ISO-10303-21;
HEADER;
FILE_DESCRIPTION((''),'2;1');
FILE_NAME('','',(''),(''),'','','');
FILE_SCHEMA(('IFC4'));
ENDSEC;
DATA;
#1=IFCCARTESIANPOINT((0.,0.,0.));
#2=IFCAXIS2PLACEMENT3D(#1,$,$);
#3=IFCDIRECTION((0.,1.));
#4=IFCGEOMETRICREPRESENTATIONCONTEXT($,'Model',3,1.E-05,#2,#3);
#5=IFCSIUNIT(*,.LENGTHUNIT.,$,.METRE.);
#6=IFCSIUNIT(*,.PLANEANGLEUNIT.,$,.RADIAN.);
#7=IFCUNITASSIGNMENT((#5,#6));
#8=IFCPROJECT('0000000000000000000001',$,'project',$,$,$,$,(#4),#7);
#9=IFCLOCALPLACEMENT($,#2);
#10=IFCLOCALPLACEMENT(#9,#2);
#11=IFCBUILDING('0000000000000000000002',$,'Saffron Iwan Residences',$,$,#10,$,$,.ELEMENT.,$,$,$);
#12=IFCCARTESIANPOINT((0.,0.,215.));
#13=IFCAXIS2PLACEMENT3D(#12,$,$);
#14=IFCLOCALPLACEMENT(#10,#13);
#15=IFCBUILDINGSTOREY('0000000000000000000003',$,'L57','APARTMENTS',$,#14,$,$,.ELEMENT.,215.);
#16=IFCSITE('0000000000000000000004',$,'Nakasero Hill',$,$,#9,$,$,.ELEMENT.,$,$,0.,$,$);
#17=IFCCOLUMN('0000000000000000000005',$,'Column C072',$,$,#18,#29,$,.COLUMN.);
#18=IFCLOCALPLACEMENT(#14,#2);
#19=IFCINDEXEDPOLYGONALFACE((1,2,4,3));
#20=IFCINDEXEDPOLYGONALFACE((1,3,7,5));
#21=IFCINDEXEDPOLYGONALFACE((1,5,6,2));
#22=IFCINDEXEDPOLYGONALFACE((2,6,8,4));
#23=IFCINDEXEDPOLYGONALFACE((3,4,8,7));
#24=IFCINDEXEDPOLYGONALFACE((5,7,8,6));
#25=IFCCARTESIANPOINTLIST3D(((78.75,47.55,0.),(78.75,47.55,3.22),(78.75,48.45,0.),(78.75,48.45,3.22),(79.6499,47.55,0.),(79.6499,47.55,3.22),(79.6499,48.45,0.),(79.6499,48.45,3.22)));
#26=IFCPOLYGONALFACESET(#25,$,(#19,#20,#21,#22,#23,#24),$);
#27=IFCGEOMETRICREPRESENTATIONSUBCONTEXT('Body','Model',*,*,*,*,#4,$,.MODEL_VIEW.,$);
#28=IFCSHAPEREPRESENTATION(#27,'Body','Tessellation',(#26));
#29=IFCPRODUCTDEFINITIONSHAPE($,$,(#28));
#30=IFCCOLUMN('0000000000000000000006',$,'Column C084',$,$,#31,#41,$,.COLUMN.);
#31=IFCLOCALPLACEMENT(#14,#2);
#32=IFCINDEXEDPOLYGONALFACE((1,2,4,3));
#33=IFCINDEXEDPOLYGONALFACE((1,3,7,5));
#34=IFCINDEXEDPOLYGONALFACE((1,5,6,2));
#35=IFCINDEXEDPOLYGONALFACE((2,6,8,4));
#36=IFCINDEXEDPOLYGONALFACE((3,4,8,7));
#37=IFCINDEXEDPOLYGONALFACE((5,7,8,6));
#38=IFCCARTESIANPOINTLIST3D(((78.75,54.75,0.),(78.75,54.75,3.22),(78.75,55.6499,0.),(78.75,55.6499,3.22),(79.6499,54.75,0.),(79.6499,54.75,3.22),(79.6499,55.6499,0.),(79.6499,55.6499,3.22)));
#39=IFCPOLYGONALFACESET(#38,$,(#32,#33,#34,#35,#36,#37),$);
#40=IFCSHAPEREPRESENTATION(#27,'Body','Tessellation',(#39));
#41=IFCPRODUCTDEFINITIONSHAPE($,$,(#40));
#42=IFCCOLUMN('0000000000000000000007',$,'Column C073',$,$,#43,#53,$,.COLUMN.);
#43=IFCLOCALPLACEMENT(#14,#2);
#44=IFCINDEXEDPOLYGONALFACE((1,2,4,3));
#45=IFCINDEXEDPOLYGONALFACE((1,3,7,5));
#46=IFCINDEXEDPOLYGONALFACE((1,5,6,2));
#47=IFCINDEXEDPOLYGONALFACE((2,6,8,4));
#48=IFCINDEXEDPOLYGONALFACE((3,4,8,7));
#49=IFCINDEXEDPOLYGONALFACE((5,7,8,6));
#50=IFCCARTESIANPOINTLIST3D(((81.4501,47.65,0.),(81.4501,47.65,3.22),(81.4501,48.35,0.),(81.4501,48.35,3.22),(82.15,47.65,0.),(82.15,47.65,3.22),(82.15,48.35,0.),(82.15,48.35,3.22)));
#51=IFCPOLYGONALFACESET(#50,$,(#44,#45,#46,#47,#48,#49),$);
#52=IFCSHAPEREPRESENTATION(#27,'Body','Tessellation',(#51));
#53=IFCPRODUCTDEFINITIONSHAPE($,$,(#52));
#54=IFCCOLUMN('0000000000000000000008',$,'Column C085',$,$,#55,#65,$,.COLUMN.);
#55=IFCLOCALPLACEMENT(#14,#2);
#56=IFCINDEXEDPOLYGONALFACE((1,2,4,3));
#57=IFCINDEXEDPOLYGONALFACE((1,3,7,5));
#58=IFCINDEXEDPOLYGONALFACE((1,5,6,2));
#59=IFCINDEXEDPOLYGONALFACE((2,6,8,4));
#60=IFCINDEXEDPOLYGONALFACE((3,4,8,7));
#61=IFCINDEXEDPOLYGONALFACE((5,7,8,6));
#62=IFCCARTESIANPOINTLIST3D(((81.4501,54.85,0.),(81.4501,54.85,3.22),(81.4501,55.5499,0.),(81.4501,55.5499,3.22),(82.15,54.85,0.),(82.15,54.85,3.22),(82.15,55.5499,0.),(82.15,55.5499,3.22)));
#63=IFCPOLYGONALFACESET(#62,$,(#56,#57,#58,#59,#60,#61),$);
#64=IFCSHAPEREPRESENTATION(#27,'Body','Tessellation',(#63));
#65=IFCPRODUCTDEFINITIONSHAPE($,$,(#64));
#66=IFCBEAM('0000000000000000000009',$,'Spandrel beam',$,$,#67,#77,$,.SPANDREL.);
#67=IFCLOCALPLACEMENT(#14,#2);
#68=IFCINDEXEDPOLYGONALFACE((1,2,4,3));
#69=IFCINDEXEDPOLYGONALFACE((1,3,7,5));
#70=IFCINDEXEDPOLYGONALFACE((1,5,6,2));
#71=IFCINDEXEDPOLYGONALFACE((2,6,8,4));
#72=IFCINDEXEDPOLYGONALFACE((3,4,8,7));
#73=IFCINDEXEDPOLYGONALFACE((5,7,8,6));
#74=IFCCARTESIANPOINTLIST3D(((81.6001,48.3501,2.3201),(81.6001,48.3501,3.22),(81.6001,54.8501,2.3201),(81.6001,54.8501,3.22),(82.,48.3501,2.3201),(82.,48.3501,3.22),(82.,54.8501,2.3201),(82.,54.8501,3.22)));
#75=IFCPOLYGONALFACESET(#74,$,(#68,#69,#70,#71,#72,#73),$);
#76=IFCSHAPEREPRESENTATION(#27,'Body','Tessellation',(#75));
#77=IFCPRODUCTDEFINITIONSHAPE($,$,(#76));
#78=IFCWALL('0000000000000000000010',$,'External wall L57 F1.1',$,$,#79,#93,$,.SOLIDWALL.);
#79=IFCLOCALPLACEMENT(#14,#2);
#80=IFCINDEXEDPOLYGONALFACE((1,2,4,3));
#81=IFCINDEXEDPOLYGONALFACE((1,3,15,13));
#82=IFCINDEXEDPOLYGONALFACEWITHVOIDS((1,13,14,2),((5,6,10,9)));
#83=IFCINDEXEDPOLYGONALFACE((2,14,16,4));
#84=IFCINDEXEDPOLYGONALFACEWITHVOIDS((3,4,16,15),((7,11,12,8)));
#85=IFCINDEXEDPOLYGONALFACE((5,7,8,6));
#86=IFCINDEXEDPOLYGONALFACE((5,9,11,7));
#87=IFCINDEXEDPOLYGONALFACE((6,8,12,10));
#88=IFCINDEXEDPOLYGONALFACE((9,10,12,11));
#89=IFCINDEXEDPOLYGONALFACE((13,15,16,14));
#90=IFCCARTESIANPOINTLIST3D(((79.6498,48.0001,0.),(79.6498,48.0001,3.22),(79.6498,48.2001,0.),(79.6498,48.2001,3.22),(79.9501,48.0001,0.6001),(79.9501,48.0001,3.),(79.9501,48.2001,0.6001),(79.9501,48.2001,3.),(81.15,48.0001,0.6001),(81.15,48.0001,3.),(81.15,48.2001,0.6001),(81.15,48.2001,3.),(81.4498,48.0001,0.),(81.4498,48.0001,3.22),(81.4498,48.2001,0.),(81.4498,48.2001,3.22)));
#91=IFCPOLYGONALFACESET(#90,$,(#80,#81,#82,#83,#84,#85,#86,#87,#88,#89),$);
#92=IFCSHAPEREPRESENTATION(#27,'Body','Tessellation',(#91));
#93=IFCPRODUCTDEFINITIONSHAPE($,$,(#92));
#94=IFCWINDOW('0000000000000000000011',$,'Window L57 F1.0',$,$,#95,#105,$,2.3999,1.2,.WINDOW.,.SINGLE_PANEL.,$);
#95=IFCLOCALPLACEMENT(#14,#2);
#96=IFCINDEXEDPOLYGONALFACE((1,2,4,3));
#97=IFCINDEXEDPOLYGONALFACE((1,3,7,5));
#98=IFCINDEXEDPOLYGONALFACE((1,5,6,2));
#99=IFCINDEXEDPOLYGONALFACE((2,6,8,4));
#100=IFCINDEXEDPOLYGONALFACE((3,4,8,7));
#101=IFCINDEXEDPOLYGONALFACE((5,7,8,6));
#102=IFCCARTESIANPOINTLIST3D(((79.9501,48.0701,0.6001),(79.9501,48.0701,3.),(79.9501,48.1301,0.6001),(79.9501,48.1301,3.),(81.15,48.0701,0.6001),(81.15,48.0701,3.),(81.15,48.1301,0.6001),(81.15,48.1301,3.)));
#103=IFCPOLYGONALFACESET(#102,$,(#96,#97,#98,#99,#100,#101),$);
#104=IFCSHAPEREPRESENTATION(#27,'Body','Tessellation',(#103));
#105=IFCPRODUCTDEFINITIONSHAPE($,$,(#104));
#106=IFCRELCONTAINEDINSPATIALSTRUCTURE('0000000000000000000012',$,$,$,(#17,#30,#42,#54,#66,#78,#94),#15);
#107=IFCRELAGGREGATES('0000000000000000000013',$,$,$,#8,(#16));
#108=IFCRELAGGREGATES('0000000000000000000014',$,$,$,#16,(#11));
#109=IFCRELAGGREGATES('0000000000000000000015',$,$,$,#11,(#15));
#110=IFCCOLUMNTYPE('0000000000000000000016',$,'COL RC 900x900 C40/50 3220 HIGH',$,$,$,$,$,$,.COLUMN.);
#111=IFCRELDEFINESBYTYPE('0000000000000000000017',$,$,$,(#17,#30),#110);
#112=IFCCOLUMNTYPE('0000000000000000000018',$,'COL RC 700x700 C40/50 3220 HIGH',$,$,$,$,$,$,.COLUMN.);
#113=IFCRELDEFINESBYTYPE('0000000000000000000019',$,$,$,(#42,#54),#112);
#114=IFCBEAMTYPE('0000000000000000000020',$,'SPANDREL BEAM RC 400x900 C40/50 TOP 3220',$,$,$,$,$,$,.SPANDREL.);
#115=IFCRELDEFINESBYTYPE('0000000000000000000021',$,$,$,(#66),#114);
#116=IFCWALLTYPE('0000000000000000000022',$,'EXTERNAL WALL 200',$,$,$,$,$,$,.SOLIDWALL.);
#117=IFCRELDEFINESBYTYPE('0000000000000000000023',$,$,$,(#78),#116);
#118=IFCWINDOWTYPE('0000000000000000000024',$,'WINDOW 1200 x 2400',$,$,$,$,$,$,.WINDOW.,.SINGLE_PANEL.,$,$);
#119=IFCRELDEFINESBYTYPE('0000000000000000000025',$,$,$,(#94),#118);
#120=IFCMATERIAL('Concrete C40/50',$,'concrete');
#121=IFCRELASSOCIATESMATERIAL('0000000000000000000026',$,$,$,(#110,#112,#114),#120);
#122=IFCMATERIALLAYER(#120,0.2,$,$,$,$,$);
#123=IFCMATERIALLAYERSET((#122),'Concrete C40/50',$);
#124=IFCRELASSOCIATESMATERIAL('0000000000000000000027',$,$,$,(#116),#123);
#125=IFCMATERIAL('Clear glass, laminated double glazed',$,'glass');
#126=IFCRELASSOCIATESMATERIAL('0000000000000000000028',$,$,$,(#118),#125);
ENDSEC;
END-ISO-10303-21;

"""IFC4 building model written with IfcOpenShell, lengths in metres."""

from ifc_helpers import new_model, si_unit, direction, frame, frame_2d, origin, origin_2d, place, context, subcontext, project, spatial, rectangle, extrude, source, transform, mapped, material, layer, layer_set, material_profile, profile_set, type_object, element, fill, save


model = new_model("IFC4")

# Units and contexts
model_context = context("Model", 3, precision=1e-05, world=origin(), true_north=direction((0.0, 1.0)))
body_context = subcontext(model_context, "Body", "Model", "MODEL_VIEW")
ifc_project = project(units=[si_unit("LENGTHUNIT", "METRE"), si_unit("PLANEANGLEUNIT", "RADIAN")], contexts=[model_context])

# Site, building, storey
site_placement = place(None, origin())
site = spatial("IfcSite", under=ifc_project, at=site_placement, Name="Nakasero Hill", CompositionType="ELEMENT", RefElevation=0.0)
building_placement = place(site_placement, origin())
building = spatial("IfcBuilding", under=site, at=building_placement, Name="Saffron Iwan Residences", CompositionType="ELEMENT")
storey_placement = place(building_placement, frame((0.0, 0.0, 215.0)))
storey = spatial("IfcBuildingStorey", under=building, at=storey_placement, Name="L57", Description="APARTMENTS", CompositionType="ELEMENT", Elevation=215.0)

# Columns
ifc_material_1 = material(Name="Concrete C40/50", Category="concrete")
ifc_material_profile_1 = material_profile(ifc_material_1, rectangle(XDim=0.8999, YDim=0.8999, at=origin_2d()), Name="RC 900x900")
ifc_profile_set_1 = profile_set([ifc_material_profile_1], Name="Concrete C40/50")
column_type_1 = type_object("IfcColumnType", Name="COL RC 900x900 C40/50 3220 HIGH", PredefinedType="COLUMN", material=ifc_profile_set_1)
shared_shape_1 = source(origin(), body_context, "Body", "SweptSolid", [
    extrude(rectangle(XDim=0.8999, YDim=0.8999, at=origin_2d()), origin(), (0.0, 0.0, 1.0), 3.22),
])
for number, where, z_axis, x_axis, name in (
    (1, (79.2, 48.0, 0.0), (0.0, 0.0, 1.0), (1.0, 0.0, 0.0), "Column C072"),
    (2, (79.2, 55.2, 0.0), (0.0, 0.0, 1.0), (1.0, 0.0, 0.0), "Column C084"),
):
    element("IfcColumn", number, at=place(storey_placement, frame(where, z_axis=z_axis, x_axis=x_axis)), inside=storey, type_object=column_type_1, Name=name, PredefinedType="COLUMN", context=body_context, shape_type="MappedRepresentation", body=[
        mapped(shared_shape_1, transform((0.0, 0.0, 0.0))),
    ])
ifc_material_profile_2 = material_profile(ifc_material_1, rectangle(XDim=0.7, YDim=0.7, at=origin_2d()), Name="RC 700x700")
ifc_profile_set_2 = profile_set([ifc_material_profile_2], Name="Concrete C40/50")
column_type_2 = type_object("IfcColumnType", Name="COL RC 700x700 C40/50 3220 HIGH", PredefinedType="COLUMN", material=ifc_profile_set_2)
shared_shape_2 = source(origin(), body_context, "Body", "SweptSolid", [
    extrude(rectangle(XDim=0.7, YDim=0.7, at=origin_2d()), origin(), (0.0, 0.0, 1.0), 3.22),
])
for number, where, z_axis, x_axis, name in (
    (3, (81.8, 48.0, 0.0), (0.0, 0.0, 1.0), (1.0, 0.0, 0.0), "Column C073"),
    (4, (81.8, 55.2, 0.0), (0.0, 0.0, 1.0), (1.0, 0.0, 0.0), "Column C085"),
):
    element("IfcColumn", number, at=place(storey_placement, frame(where, z_axis=z_axis, x_axis=x_axis)), inside=storey, type_object=column_type_2, Name=name, PredefinedType="COLUMN", context=body_context, shape_type="MappedRepresentation", body=[
        mapped(shared_shape_2, transform((0.0, 0.0, 0.0))),
    ])

# Beam
ifc_material_profile_3 = material_profile(ifc_material_1, rectangle(XDim=0.3999, YDim=0.8999, at=origin_2d()), Name="RC 400x900")
ifc_profile_set_3 = profile_set([ifc_material_profile_3], Name="Concrete C40/50")
beam_type = type_object("IfcBeamType", Name="SPANDREL BEAM RC 400x900 C40/50 TOP 3220", PredefinedType="SPANDREL", material=ifc_profile_set_3)
shared_shape_3 = source(origin(), body_context, "Body", "SweptSolid", [
    extrude(rectangle(XDim=0.3999, YDim=0.8999, at=origin_2d()), origin(), (0.0, 0.0, 1.0), 6.5),
])
beam_placement = place(storey_placement, frame((81.8, 54.8501, 2.77), z_axis=(0.0, -1.0, 0.0), x_axis=(1.0, 0.0, 0.0)))
element("IfcBeam", 5, at=beam_placement, inside=storey, type_object=beam_type, Name="Spandrel beam", PredefinedType="SPANDREL", context=body_context, shape_type="MappedRepresentation", body=[
    mapped(shared_shape_3, transform((0.0, 0.0, 0.0))),
])

# Wall, opening, window
ifc_layer_1 = layer(ifc_material_1, 0.2)
ifc_layer_set_1 = layer_set([ifc_layer_1], Name="Concrete C40/50")
wall_type_1 = type_object("IfcWallType", Name="EXTERNAL WALL 200", PredefinedType="SOLIDWALL", material=ifc_layer_set_1)
wall_1_placement = place(storey_placement, frame((79.6499, 48.1001, 0.0), z_axis=(0.0, 0.0, 1.0), x_axis=(1.0, 0.0, 0.0)))
wall_1 = element("IfcWall", 6, at=wall_1_placement, inside=storey, type_object=wall_type_1, Name="External wall L57 F1.1", PredefinedType="SOLIDWALL", context=body_context, shape_type="SweptSolid", body=[
    extrude(rectangle(XDim=1.8, YDim=0.2, at=frame_2d((0.8999, 0.0))), origin(), (0.0, 0.0, 1.0), 3.22),
])
opening_1_placement = place(wall_1_placement, frame((0.3, 0.0, 0.6001)))
opening_1 = element("IfcOpeningElement", 7, at=opening_1_placement, cuts=wall_1, PredefinedType="OPENING", context=body_context, shape_type="SweptSolid", body=[
    extrude(rectangle(XDim=1.2, YDim=2.3999, at=frame_2d((0.6001, 1.2))), frame((0.0, 0.1099, 0.0), z_axis=(0.0, -1.0, 0.0), x_axis=(1.0, 0.0, 0.0)), (0.0, 0.0, 1.0), 0.22),
])
ifc_material_2 = material(Name="Clear glass, laminated double glazed", Category="glass")
window_type_1 = type_object("IfcWindowType", Name="WINDOW 1200 x 2400", PartitioningType="SINGLE_PANEL", PredefinedType="WINDOW", material=ifc_material_2)
window_1_placement = place(opening_1_placement, origin())
window_1 = element("IfcWindow", 8, at=window_1_placement, inside=storey, type_object=window_type_1, Name="Window L57 F1.0", OverallHeight=2.3999, OverallWidth=1.2, PartitioningType="SINGLE_PANEL", PredefinedType="WINDOW", context=body_context, shape_type="SweptSolid", body=[
    extrude(rectangle(XDim=1.2, YDim=2.3999, at=frame_2d((0.6001, 1.2))), frame((0.0, 0.03, 0.0), z_axis=(0.0, -1.0, 0.0), x_axis=(1.0, 0.0, 0.0)), (0.0, 0.0, 1.0), 0.0601),
])
fill(opening_1, window_1)

save(model, "model.ifc")
